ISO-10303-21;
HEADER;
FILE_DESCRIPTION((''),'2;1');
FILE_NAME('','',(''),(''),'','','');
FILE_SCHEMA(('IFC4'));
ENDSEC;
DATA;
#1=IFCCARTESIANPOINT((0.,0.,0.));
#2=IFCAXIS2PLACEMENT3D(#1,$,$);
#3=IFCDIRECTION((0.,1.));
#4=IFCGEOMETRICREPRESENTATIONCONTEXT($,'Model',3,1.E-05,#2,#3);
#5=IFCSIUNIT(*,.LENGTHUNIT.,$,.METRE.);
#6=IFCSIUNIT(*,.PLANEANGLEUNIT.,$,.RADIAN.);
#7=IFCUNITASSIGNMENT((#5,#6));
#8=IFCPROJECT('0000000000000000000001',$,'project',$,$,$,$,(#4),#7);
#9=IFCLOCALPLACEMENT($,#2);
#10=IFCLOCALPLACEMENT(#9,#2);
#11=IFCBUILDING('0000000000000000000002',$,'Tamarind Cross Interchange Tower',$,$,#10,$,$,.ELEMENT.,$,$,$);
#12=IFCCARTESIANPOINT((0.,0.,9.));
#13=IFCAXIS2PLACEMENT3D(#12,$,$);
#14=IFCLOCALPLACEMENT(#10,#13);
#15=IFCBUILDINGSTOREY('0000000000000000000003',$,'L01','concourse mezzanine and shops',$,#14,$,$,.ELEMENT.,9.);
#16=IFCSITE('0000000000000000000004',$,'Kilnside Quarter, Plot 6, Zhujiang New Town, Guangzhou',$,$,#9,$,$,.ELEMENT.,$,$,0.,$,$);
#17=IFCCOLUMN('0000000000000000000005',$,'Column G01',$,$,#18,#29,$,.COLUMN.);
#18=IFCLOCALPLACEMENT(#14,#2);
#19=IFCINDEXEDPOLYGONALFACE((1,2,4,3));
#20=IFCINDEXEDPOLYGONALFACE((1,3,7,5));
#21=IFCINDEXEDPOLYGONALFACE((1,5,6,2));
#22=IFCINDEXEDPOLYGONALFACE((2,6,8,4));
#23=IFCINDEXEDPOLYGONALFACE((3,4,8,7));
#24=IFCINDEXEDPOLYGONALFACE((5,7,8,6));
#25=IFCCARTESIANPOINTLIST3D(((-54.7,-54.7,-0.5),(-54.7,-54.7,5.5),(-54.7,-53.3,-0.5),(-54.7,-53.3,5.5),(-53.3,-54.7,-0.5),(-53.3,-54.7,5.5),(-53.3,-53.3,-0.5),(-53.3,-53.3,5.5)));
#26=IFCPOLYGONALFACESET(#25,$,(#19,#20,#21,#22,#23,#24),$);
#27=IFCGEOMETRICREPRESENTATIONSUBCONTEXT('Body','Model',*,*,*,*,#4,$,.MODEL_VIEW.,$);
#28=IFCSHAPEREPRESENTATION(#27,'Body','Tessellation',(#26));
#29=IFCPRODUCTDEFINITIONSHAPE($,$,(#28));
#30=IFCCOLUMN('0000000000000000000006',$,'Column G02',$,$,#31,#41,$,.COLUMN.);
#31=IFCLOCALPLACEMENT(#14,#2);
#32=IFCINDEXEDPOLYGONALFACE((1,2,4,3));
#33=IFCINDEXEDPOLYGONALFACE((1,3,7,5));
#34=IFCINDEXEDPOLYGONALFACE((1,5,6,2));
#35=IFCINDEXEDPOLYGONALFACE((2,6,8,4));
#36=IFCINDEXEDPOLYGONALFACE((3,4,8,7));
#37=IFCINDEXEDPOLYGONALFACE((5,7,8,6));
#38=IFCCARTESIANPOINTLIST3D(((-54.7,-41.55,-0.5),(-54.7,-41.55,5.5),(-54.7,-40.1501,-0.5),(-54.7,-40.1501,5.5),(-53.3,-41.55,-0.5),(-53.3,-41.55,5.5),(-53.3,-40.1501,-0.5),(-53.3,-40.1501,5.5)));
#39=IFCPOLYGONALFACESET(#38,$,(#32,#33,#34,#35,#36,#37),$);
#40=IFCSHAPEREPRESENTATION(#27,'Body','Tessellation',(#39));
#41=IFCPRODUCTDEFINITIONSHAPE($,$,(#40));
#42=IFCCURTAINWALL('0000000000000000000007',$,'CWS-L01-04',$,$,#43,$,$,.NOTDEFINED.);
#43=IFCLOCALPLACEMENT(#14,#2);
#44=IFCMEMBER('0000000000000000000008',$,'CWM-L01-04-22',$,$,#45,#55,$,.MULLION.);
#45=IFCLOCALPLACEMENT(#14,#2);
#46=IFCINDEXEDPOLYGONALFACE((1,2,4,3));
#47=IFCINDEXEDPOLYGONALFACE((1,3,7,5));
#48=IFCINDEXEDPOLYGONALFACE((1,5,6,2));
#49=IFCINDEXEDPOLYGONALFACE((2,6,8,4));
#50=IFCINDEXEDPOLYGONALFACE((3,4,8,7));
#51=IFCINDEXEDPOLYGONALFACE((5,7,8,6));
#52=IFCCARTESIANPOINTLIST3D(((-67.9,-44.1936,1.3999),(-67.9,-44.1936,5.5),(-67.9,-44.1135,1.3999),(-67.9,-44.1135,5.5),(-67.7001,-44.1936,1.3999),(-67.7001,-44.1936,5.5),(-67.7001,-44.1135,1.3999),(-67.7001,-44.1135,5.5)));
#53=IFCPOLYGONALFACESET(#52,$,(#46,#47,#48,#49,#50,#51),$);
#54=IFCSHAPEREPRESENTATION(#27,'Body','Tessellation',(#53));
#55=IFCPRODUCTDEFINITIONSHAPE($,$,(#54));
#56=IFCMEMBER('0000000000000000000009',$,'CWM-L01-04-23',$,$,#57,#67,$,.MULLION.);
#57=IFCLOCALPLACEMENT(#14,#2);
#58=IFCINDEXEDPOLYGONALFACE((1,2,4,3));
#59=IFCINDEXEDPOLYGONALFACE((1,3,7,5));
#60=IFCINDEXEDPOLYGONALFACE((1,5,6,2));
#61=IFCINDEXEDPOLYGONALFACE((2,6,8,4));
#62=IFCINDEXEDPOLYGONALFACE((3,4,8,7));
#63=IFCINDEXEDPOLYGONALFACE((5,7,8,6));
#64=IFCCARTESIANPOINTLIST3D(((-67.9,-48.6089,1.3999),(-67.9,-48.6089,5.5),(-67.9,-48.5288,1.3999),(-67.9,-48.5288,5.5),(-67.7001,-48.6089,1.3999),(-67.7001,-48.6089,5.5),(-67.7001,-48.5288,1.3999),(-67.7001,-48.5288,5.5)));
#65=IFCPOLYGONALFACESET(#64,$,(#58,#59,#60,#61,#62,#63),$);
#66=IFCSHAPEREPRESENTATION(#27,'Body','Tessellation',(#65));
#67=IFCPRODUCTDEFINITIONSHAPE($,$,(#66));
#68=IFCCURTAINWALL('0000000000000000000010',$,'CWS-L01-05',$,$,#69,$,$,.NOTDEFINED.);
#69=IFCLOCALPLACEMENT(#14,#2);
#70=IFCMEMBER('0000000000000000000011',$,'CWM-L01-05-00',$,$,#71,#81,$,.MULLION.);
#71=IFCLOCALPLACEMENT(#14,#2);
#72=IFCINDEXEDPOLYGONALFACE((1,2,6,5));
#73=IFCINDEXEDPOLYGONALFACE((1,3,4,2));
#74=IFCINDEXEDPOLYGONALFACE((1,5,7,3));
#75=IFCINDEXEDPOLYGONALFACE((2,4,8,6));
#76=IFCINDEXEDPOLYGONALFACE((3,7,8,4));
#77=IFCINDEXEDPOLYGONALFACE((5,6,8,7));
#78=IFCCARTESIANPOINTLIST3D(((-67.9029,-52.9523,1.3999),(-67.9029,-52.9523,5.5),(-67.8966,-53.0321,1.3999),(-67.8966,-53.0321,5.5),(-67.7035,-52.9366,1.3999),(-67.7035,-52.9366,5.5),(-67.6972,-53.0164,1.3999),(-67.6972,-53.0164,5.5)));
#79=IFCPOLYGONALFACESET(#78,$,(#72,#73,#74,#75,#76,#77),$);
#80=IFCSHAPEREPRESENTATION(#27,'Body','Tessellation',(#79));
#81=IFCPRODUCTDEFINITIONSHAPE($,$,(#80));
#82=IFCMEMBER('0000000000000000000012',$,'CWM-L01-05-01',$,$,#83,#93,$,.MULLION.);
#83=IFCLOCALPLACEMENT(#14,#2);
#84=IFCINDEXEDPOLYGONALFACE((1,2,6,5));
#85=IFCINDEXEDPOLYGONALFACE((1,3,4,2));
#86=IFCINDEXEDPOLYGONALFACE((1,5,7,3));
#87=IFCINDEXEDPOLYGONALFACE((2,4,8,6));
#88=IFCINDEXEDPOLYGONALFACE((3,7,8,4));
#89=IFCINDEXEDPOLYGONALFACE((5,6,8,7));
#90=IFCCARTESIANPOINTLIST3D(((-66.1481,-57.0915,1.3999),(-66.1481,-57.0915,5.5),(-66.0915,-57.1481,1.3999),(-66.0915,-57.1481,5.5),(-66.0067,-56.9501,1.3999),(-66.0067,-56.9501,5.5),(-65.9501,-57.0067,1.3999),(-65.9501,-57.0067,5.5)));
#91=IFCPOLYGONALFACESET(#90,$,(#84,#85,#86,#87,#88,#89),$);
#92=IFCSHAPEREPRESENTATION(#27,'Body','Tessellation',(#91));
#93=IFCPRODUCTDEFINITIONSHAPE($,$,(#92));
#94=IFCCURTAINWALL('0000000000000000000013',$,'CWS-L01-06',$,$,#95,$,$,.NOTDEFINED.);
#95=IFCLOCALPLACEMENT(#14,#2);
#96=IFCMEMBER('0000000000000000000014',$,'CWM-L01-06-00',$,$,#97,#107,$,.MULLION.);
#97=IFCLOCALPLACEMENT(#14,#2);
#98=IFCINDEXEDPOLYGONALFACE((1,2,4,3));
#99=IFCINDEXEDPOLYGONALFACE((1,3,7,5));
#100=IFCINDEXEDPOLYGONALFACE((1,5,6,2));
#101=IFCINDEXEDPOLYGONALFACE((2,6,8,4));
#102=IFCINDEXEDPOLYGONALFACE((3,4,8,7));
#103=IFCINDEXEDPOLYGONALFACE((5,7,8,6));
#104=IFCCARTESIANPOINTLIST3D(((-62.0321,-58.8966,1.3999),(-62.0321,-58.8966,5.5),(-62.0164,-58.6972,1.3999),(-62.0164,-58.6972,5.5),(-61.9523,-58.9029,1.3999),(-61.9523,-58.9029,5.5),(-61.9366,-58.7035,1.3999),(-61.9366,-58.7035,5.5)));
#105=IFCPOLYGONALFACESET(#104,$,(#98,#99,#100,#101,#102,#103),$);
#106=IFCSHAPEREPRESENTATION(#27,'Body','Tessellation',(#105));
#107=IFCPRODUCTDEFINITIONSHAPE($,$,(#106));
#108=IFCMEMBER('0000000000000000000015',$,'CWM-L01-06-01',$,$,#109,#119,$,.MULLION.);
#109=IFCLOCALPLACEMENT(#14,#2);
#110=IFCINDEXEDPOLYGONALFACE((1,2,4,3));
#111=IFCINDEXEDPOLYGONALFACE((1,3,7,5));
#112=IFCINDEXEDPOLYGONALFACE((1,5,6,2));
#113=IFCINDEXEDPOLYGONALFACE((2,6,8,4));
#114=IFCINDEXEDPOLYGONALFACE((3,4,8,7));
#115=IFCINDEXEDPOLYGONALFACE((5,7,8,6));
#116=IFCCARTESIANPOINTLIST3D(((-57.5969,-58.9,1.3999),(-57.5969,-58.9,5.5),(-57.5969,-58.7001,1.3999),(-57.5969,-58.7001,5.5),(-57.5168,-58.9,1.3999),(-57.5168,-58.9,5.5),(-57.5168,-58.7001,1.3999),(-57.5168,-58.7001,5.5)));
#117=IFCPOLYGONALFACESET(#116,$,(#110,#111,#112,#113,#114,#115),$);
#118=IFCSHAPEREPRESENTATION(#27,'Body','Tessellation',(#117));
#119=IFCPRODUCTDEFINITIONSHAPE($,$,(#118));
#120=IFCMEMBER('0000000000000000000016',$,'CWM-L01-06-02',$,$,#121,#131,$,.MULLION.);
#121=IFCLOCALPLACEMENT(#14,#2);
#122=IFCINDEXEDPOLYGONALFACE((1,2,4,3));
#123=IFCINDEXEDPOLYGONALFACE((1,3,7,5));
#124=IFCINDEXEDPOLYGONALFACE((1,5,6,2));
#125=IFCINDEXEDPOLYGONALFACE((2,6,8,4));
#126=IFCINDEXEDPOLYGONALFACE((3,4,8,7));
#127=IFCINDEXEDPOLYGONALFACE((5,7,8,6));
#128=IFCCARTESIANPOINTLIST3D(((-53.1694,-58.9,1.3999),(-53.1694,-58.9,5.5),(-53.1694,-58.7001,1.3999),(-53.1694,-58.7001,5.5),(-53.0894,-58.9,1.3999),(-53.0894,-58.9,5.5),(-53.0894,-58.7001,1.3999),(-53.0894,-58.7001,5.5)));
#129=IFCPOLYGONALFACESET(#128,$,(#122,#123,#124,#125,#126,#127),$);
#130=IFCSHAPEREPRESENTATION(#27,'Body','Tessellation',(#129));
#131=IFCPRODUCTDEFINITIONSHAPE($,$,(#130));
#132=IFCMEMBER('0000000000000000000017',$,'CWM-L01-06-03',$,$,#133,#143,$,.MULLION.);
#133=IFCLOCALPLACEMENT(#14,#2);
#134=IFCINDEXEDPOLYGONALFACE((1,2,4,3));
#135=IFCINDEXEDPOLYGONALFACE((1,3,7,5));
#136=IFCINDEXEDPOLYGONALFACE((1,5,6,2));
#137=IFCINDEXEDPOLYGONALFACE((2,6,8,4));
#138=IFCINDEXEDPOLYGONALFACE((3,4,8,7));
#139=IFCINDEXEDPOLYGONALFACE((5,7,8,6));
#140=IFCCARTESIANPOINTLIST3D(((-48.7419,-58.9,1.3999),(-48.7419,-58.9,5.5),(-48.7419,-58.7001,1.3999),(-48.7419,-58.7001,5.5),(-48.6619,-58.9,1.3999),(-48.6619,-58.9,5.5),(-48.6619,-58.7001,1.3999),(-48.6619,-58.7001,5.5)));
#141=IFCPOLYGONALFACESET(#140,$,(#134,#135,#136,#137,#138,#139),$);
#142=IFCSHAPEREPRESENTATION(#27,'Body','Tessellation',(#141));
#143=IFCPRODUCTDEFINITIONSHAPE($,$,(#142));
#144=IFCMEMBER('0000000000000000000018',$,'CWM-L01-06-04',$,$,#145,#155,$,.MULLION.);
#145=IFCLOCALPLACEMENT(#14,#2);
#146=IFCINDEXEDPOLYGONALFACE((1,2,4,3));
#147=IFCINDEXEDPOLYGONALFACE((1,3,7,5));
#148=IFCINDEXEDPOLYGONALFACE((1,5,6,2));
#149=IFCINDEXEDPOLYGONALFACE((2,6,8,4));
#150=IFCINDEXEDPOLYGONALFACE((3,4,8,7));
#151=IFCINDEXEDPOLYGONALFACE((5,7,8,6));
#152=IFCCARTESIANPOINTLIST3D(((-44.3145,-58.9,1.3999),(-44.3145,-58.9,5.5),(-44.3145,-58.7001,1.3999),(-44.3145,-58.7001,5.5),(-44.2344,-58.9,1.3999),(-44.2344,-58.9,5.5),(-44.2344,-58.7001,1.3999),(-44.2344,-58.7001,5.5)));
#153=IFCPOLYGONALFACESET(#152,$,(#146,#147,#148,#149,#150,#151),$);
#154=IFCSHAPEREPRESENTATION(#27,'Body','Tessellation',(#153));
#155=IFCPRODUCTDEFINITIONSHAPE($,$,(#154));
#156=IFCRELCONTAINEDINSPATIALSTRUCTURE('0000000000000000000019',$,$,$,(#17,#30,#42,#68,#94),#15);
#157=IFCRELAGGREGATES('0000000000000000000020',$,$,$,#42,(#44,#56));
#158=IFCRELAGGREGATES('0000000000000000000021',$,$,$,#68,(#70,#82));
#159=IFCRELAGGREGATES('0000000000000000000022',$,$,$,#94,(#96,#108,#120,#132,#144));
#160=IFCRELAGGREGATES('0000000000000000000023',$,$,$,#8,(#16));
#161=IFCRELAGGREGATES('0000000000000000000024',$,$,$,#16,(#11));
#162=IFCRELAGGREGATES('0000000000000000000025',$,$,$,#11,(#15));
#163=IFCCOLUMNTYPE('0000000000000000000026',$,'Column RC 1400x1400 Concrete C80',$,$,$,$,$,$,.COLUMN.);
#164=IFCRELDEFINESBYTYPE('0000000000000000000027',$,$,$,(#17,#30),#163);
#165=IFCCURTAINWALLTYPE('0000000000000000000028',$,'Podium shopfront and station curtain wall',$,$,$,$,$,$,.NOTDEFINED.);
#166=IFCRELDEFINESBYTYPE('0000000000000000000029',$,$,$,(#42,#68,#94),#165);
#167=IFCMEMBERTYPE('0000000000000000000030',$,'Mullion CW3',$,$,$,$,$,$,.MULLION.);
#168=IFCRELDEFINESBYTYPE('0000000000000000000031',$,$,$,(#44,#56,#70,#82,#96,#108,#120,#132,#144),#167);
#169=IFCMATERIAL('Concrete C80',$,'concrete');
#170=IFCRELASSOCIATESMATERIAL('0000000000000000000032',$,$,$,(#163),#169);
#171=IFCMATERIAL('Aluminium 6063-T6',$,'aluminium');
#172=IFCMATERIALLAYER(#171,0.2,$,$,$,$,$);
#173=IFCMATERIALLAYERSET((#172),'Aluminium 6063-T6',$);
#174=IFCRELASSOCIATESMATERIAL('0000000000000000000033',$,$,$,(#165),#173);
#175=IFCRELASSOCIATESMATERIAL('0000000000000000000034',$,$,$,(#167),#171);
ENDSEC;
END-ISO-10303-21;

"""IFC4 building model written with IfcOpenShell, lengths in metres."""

from ifc_helpers import new_model, si_unit, direction, frame, origin, origin_2d, place, context, subcontext, project, spatial, rectangle, extrude, material, layer, layer_set, material_profile, profile_set, type_object, element, aggregate, save


model = new_model("IFC4")

# Units and contexts
model_context = context("Model", 3, precision=1e-05, world=origin(), true_north=direction((0.0, 1.0)))
body_context = subcontext(model_context, "Body", "Model", "MODEL_VIEW")
ifc_project = project(units=[si_unit("LENGTHUNIT", "METRE"), si_unit("PLANEANGLEUNIT", "RADIAN")], contexts=[model_context])

# Site, building, storey
site_placement = place(None, origin())
site = spatial("IfcSite", under=ifc_project, at=site_placement, Name="Kilnside Quarter, Plot 6, Zhujiang New Town, Guangzhou", CompositionType="ELEMENT", RefElevation=0.0)
building_placement = place(site_placement, origin())
building = spatial("IfcBuilding", under=site, at=building_placement, Name="Tamarind Cross Interchange Tower", CompositionType="ELEMENT")
storey_placement = place(building_placement, frame((0.0, 0.0, 9.0)))
storey = spatial("IfcBuildingStorey", under=building, at=storey_placement, Name="L01", Description="concourse mezzanine and shops", CompositionType="ELEMENT", Elevation=9.0)

# Columns
ifc_material_1 = material(Name="Concrete C80", Category="concrete")
ifc_material_profile_1 = material_profile(ifc_material_1, rectangle(XDim=1.3999, YDim=1.3999, at=origin_2d()), Name="RC 1400x1400")
ifc_profile_set_1 = profile_set([ifc_material_profile_1], Name="Concrete C80")
column_type = type_object("IfcColumnType", Name="Column RC 1400x1400 Concrete C80", PredefinedType="COLUMN", material=ifc_profile_set_1)
for number, where, z_axis, x_axis, name in (
    (1, (-54.0, -54.0, -0.5), (0.0, 0.0, 1.0), (1.0, 0.0, 0.0), "Column G01"),
    (2, (-54.0, -40.8501, -0.5), (0.0, 0.0, 1.0), (1.0, 0.0, 0.0), "Column G02"),
):
    element("IfcColumn", number, at=place(storey_placement, frame(where, z_axis=z_axis, x_axis=x_axis)), inside=storey, type_object=column_type, Name=name, PredefinedType="COLUMN", context=body_context, shape_type="SweptSolid", body=[
        extrude(rectangle(XDim=1.3999, YDim=1.3999, at=origin_2d()), origin(), (0.0, 0.0, 1.0), 6.0),
    ])

# Curtain walls, members
ifc_material_2 = material(Name="Aluminium 6063-T6", Category="aluminium")
ifc_layer_1 = layer(ifc_material_2, 0.2)
ifc_layer_set_1 = layer_set([ifc_layer_1], Name="Aluminium 6063-T6")
curtain_wall_type = type_object("IfcCurtainWallType", Name="Podium shopfront and station curtain wall", PredefinedType="NOTDEFINED", material=ifc_layer_set_1)
curtain_wall_1_placement = place(storey_placement, origin())
curtain_wall_1 = element("IfcCurtainWall", 3, at=curtain_wall_1_placement, inside=storey, type_object=curtain_wall_type, Name="CWS-L01-04", PredefinedType="NOTDEFINED")
ifc_material_profile_2 = material_profile(ifc_material_2, rectangle(XDim=0.0801, YDim=0.2, at=origin_2d()), Name="Mullion CW3")
ifc_profile_set_2 = profile_set([ifc_material_profile_2], Name="Aluminium 6063-T6")
member_type = type_object("IfcMemberType", Name="Mullion CW3", PredefinedType="MULLION", material=ifc_profile_set_2)
member_1_placement = place(storey_placement, frame((-67.8, -44.1536, 1.3999), z_axis=(0.0, 0.0, 1.0), x_axis=(0.0, -1.0, 0.0)))
member_1 = element("IfcMember", 4, at=member_1_placement, type_object=member_type, Name="CWM-L01-04-22", PredefinedType="MULLION", context=body_context, shape_type="SweptSolid", body=[
    extrude(rectangle(XDim=0.0801, YDim=0.2, at=origin_2d()), origin(), (0.0, 0.0, 1.0), 4.1001),
])
member_2_placement = place(storey_placement, frame((-67.8, -48.5688, 1.3999), z_axis=(0.0, 0.0, 1.0), x_axis=(0.0, -1.0, 0.0)))
member_2 = element("IfcMember", 5, at=member_2_placement, type_object=member_type, Name="CWM-L01-04-23", PredefinedType="MULLION", context=body_context, shape_type="SweptSolid", body=[
    extrude(rectangle(XDim=0.0801, YDim=0.2, at=origin_2d()), origin(), (0.0, 0.0, 1.0), 4.1001),
])
aggregate(curtain_wall_1, [member_1, member_2])
curtain_wall_2_placement = place(storey_placement, origin())
curtain_wall_2 = element("IfcCurtainWall", 6, at=curtain_wall_2_placement, inside=storey, type_object=curtain_wall_type, Name="CWS-L01-05", PredefinedType="NOTDEFINED")
member_3_placement = place(storey_placement, frame((-67.8, -52.9844, 1.3999), z_axis=(0.0, 0.0, 1.0), x_axis=(0.078459, -0.996917, 0.0)))
member_3 = element("IfcMember", 7, at=member_3_placement, type_object=member_type, Name="CWM-L01-05-00", PredefinedType="MULLION", context=body_context, shape_type="SweptSolid", body=[
    extrude(rectangle(XDim=0.0801, YDim=0.2, at=origin_2d()), origin(), (0.0, 0.0, 1.0), 4.1001),
])
member_4_placement = place(storey_placement, frame((-66.0491, -57.0491, 1.3999), z_axis=(0.0, 0.0, 1.0), x_axis=(0.707107, -0.707107, 0.0)))
member_4 = element("IfcMember", 8, at=member_4_placement, type_object=member_type, Name="CWM-L01-05-01", PredefinedType="MULLION", context=body_context, shape_type="SweptSolid", body=[
    extrude(rectangle(XDim=0.0801, YDim=0.2, at=origin_2d()), origin(), (0.0, 0.0, 1.0), 4.1001),
])
aggregate(curtain_wall_2, [member_3, member_4])
curtain_wall_3_placement = place(storey_placement, origin())
curtain_wall_3 = element("IfcCurtainWall", 9, at=curtain_wall_3_placement, inside=storey, type_object=curtain_wall_type, Name="CWS-L01-06", PredefinedType="NOTDEFINED")
member_5_placement = place(storey_placement, frame((-61.9844, -58.8, 1.3999), z_axis=(0.0, 0.0, 1.0), x_axis=(0.996917, -0.078459, 0.0)))
member_5 = element("IfcMember", 10, at=member_5_placement, type_object=member_type, Name="CWM-L01-06-00", PredefinedType="MULLION", context=body_context, shape_type="SweptSolid", body=[
    extrude(rectangle(XDim=0.0801, YDim=0.2, at=origin_2d()), origin(), (0.0, 0.0, 1.0), 4.1001),
])
member_6_placement = place(storey_placement, frame((-57.5569, -58.8, 1.3999), z_axis=(0.0, 0.0, 1.0), x_axis=(1.0, 0.0, 0.0)))
member_6 = element("IfcMember", 11, at=member_6_placement, type_object=member_type, Name="CWM-L01-06-01", PredefinedType="MULLION", context=body_context, shape_type="SweptSolid", body=[
    extrude(rectangle(XDim=0.0801, YDim=0.2, at=origin_2d()), origin(), (0.0, 0.0, 1.0), 4.1001),
])
member_7_placement = place(storey_placement, frame((-53.1294, -58.8, 1.3999), z_axis=(0.0, 0.0, 1.0), x_axis=(1.0, 0.0, 0.0)))
member_7 = element("IfcMember", 12, at=member_7_placement, type_object=member_type, Name="CWM-L01-06-02", PredefinedType="MULLION", context=body_context, shape_type="SweptSolid", body=[
    extrude(rectangle(XDim=0.0801, YDim=0.2, at=origin_2d()), origin(), (0.0, 0.0, 1.0), 4.1001),
])
member_8_placement = place(storey_placement, frame((-48.7019, -58.8, 1.3999), z_axis=(0.0, 0.0, 1.0), x_axis=(1.0, 0.0, 0.0)))
member_8 = element("IfcMember", 13, at=member_8_placement, type_object=member_type, Name="CWM-L01-06-03", PredefinedType="MULLION", context=body_context, shape_type="SweptSolid", body=[
    extrude(rectangle(XDim=0.0801, YDim=0.2, at=origin_2d()), origin(), (0.0, 0.0, 1.0), 4.1001),
])
member_9_placement = place(storey_placement, frame((-44.2744, -58.8, 1.3999), z_axis=(0.0, 0.0, 1.0), x_axis=(1.0, 0.0, 0.0)))
member_9 = element("IfcMember", 14, at=member_9_placement, type_object=member_type, Name="CWM-L01-06-04", PredefinedType="MULLION", context=body_context, shape_type="SweptSolid", body=[
    extrude(rectangle(XDim=0.0801, YDim=0.2, at=origin_2d()), origin(), (0.0, 0.0, 1.0), 4.1001),
])
aggregate(curtain_wall_3, [member_5, member_6, member_7, member_8, member_9])

save(model, "model.ifc")
